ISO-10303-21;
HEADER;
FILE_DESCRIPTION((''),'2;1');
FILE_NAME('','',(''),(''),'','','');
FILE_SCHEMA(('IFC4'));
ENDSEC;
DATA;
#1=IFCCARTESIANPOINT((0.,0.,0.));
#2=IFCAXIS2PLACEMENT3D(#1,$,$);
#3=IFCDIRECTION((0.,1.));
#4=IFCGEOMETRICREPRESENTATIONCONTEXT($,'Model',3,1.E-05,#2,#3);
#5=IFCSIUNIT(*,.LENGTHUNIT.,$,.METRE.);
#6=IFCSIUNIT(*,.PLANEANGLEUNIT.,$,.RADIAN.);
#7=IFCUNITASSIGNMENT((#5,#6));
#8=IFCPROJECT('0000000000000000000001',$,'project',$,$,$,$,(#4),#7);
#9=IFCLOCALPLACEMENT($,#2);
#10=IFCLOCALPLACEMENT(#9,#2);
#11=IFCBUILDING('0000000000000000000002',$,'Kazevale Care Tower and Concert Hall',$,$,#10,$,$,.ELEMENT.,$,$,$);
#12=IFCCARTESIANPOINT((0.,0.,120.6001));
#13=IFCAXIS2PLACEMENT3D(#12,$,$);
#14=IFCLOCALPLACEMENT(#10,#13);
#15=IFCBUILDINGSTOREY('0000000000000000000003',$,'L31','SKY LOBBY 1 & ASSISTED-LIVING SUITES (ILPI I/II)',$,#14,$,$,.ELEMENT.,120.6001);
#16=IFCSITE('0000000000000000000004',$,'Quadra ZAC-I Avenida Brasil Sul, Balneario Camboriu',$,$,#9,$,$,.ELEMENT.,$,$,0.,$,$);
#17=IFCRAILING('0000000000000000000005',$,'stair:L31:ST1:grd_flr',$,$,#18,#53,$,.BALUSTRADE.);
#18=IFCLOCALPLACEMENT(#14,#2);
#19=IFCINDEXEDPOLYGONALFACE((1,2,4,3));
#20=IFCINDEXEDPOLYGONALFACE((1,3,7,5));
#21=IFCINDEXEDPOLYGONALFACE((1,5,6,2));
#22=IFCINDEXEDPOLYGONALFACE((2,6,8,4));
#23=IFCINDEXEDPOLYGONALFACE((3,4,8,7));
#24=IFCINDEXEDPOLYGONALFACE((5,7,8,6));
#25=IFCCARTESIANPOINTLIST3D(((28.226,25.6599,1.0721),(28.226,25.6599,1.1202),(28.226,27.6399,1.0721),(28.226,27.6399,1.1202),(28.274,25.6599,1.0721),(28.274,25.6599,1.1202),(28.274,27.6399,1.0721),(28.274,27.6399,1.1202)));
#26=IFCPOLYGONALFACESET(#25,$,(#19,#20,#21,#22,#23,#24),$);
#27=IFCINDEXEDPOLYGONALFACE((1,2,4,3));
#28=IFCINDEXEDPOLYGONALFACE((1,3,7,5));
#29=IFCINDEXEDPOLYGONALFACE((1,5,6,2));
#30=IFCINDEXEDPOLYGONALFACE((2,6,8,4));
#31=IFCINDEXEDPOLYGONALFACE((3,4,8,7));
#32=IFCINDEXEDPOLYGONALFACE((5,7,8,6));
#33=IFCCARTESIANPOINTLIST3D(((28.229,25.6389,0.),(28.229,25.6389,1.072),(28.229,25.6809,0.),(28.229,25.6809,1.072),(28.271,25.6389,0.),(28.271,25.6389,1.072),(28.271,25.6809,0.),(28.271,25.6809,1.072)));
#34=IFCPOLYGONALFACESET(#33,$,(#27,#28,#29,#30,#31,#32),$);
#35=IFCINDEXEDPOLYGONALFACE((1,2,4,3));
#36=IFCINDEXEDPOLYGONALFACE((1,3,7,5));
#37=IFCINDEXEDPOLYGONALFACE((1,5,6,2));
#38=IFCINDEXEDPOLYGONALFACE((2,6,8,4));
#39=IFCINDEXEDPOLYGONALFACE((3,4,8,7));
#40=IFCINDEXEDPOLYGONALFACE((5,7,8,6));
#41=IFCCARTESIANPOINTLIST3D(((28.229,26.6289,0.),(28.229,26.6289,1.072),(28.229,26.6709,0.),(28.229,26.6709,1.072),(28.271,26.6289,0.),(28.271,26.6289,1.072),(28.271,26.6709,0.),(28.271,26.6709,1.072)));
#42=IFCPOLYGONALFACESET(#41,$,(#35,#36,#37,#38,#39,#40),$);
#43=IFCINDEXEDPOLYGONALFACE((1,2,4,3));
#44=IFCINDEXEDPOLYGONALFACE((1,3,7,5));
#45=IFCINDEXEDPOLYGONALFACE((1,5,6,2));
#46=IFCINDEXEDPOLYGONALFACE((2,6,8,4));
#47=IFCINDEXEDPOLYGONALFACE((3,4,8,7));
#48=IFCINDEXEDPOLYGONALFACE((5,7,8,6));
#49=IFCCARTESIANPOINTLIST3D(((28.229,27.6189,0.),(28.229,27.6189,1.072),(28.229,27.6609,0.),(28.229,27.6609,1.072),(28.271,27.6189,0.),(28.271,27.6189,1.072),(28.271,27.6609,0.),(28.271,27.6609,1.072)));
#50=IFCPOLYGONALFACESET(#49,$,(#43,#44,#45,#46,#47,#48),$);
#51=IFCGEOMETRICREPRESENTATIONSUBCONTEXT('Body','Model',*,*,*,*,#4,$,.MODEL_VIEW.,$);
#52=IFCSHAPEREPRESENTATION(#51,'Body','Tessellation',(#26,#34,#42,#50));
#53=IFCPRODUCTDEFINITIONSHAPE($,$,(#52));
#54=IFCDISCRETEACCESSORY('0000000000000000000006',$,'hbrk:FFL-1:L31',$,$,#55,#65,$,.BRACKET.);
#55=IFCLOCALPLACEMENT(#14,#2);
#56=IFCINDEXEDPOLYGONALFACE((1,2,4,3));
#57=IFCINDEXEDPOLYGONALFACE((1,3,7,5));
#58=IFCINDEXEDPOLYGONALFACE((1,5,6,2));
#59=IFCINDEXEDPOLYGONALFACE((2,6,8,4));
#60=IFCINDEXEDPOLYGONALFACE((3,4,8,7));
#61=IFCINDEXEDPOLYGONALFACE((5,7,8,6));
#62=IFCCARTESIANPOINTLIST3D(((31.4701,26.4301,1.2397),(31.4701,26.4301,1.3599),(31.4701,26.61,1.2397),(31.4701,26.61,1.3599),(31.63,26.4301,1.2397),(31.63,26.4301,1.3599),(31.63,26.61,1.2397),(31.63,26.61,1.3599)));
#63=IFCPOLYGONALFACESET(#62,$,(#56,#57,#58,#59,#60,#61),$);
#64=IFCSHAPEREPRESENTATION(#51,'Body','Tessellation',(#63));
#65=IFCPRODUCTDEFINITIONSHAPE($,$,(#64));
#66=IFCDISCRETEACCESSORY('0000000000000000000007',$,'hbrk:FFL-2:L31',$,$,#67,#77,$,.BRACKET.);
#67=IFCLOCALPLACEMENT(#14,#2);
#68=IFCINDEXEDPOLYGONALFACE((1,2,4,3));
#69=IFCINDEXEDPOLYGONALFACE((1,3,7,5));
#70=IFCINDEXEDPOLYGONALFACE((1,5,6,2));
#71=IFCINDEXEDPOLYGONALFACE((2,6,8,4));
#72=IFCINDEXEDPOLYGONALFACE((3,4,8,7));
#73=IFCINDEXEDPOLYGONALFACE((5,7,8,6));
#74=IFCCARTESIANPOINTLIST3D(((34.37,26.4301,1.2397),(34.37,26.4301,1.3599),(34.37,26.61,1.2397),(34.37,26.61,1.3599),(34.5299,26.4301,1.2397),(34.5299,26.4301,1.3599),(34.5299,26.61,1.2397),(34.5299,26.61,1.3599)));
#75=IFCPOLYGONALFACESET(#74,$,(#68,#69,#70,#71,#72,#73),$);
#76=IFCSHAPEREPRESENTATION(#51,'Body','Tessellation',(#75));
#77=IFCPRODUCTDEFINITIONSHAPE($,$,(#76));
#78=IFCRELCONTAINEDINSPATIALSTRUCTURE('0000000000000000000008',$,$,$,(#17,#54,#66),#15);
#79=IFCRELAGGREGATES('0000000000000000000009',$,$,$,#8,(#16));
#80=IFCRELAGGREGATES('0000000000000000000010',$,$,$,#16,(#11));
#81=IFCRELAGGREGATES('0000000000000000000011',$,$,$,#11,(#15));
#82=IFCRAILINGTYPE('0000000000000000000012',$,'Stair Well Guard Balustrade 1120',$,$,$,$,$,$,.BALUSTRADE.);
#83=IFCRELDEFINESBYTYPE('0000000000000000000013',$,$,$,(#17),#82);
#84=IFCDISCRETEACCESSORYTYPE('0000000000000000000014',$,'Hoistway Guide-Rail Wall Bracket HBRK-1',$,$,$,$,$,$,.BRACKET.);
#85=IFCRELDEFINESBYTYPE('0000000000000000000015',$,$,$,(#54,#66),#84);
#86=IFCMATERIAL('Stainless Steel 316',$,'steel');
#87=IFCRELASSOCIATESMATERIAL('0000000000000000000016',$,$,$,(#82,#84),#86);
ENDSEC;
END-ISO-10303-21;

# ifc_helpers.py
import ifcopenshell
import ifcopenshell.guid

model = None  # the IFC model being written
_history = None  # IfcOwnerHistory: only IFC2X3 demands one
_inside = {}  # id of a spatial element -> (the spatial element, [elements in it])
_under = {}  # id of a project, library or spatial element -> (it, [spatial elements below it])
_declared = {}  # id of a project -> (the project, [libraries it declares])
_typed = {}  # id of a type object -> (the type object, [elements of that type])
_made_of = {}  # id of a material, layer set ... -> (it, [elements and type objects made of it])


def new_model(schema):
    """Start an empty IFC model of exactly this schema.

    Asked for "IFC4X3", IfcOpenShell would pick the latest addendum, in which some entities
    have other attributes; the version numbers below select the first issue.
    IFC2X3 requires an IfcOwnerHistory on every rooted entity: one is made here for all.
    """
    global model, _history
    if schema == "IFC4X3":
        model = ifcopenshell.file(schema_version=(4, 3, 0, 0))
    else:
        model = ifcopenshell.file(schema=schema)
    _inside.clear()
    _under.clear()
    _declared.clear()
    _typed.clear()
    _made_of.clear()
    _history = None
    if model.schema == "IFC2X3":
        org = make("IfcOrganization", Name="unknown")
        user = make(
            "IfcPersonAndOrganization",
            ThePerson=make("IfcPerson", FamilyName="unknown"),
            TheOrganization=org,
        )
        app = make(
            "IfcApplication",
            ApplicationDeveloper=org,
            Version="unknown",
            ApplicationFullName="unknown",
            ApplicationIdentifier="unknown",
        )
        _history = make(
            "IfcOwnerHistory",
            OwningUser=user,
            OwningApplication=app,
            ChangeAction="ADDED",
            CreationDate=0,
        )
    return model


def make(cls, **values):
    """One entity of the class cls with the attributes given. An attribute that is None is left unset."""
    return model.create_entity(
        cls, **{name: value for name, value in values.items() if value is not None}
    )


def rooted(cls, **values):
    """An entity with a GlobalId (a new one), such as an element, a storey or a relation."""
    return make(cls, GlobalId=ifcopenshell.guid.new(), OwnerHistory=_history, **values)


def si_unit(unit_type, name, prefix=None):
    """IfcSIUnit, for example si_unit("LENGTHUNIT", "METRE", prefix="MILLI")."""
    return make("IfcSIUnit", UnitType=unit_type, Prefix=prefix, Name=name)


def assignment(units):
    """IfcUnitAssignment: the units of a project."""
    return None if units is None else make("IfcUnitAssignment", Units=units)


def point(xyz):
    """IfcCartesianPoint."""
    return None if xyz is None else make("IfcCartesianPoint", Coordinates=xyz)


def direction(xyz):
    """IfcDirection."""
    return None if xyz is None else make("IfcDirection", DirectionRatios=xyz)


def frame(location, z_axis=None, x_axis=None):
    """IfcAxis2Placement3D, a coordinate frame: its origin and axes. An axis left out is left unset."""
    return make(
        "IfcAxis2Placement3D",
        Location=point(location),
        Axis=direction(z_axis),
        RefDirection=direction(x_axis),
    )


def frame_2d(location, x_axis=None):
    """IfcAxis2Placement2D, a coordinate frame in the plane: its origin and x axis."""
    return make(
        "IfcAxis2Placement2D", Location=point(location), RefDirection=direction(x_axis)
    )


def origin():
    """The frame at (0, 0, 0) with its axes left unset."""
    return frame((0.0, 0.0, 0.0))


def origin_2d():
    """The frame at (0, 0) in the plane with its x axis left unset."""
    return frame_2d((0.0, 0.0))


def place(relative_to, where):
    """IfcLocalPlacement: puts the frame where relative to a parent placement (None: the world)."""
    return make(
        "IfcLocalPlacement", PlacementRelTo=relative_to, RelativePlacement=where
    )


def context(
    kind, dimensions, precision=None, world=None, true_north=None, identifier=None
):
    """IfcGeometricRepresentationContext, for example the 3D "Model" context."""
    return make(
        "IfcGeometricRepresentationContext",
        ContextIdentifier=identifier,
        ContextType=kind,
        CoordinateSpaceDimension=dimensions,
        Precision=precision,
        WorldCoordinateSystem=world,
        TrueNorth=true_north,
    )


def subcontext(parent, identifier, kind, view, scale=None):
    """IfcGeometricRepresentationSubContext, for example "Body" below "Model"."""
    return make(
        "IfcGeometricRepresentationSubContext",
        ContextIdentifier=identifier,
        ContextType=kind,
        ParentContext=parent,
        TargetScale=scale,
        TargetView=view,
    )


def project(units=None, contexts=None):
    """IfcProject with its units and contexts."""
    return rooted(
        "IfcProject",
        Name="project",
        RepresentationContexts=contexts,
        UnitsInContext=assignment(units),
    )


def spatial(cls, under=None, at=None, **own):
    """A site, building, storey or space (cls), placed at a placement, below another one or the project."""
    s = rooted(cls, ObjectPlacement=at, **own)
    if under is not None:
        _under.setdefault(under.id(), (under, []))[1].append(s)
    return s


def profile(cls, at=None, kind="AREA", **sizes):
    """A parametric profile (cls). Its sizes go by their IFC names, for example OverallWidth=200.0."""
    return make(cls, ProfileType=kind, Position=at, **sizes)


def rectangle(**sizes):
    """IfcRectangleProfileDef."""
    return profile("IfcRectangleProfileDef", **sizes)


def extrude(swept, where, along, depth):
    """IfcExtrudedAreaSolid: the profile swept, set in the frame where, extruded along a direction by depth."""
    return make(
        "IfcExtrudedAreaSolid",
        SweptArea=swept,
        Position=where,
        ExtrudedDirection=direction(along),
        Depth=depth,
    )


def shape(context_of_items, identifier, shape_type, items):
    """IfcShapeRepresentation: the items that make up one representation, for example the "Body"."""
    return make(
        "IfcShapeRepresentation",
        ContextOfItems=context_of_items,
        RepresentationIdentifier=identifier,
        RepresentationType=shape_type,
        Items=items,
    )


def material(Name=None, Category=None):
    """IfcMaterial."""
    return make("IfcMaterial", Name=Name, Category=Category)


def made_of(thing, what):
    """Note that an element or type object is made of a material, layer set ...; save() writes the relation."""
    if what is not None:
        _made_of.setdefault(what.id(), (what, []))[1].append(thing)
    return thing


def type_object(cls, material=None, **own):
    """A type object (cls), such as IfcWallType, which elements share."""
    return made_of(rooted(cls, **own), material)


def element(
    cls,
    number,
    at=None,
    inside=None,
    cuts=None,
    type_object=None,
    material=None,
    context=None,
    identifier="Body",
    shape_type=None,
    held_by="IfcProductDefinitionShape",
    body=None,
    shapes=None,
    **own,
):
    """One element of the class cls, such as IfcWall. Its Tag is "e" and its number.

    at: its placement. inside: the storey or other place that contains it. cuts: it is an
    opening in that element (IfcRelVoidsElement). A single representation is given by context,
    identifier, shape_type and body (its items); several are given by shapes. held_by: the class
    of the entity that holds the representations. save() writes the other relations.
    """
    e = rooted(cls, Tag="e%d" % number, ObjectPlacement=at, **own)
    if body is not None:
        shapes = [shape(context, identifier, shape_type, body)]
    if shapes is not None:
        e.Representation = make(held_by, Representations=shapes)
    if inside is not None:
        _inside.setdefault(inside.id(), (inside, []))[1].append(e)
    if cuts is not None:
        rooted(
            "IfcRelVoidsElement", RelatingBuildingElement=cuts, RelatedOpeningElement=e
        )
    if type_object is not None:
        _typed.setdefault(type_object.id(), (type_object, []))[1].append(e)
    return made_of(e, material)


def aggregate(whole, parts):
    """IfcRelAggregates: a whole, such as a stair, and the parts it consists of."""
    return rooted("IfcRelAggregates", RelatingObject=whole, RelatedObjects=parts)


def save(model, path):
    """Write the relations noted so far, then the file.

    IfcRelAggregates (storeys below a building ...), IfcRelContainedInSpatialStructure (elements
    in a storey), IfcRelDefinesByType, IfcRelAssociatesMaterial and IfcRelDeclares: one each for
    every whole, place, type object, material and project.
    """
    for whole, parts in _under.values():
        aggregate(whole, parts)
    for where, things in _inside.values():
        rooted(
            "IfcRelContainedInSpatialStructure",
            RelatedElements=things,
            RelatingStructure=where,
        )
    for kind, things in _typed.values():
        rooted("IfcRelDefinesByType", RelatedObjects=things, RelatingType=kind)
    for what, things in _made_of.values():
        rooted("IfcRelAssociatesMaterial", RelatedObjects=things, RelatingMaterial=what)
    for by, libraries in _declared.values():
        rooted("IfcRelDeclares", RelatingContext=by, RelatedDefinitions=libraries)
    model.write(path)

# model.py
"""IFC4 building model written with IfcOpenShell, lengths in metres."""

from ifc_helpers import new_model, si_unit, direction, frame, origin, origin_2d, place, context, subcontext, project, spatial, rectangle, extrude, material, type_object, element, save


model = new_model("IFC4")

# Units and contexts
model_context = context("Model", 3, precision=1e-05, world=origin(), true_north=direction((0.0, 1.0)))
body_context = subcontext(model_context, "Body", "Model", "MODEL_VIEW")
ifc_project = project(units=[si_unit("LENGTHUNIT", "METRE"), si_unit("PLANEANGLEUNIT", "RADIAN")], contexts=[model_context])

# Site, building, storey
site_placement = place(None, origin())
site = spatial("IfcSite", under=ifc_project, at=site_placement, Name="Quadra ZAC-I Avenida Brasil Sul, Balneario Camboriu", CompositionType="ELEMENT", RefElevation=0.0)
building_placement = place(site_placement, origin())
building = spatial("IfcBuilding", under=site, at=building_placement, Name="Kazevale Care Tower and Concert Hall", CompositionType="ELEMENT")
storey_placement = place(building_placement, frame((0.0, 0.0, 120.6001)))
storey = spatial("IfcBuildingStorey", under=building, at=storey_placement, Name="L31", Description="SKY LOBBY 1 & ASSISTED-LIVING SUITES (ILPI I/II)", CompositionType="ELEMENT", Elevation=120.6001)

# Shared definitions
ifc_material_1 = material(Name="Stainless Steel 316", Category="steel")

# Railing
railing_type_1 = type_object("IfcRailingType", Name="Stair Well Guard Balustrade 1120", PredefinedType="BALUSTRADE", material=ifc_material_1)
railing_1_placement = place(storey_placement, frame((28.25, 25.6599, 0.0)))
element("IfcRailing", 1, at=railing_1_placement, inside=storey, type_object=railing_type_1, Name="stair:L31:ST1:grd_flr", PredefinedType="BALUSTRADE", context=body_context, shape_type="SweptSolid", body=[
    extrude(rectangle(XDim=0.0481, YDim=0.0481, at=origin_2d()), frame((0.0, 0.0, 1.0962), z_axis=(0.0, 1.0, 0.0), x_axis=(-1.0, 0.0, 0.0)), (0.0, 0.0, 1.0), 1.98),
    extrude(rectangle(XDim=0.042, YDim=0.042, at=origin_2d()), origin(), (0.0, 0.0, 1.0), 1.072),
    extrude(rectangle(XDim=0.042, YDim=0.042, at=origin_2d()), frame((0.0, 0.99, 0.0)), (0.0, 0.0, 1.0), 1.072),
    extrude(rectangle(XDim=0.042, YDim=0.042, at=origin_2d()), frame((0.0, 1.98, 0.0)), (0.0, 0.0, 1.0), 1.072),
])

# Discrete accessories
discrete_accessory_type = type_object("IfcDiscreteAccessoryType", Name="Hoistway Guide-Rail Wall Bracket HBRK-1", PredefinedType="BRACKET", material=ifc_material_1)
for number, where, z_axis, x_axis, name in (
    (2, (31.55, 26.52, 1.2397), (0.0, 0.0, 1.0), (1.0, 0.0, 0.0), "hbrk:FFL-1:L31"),
    (3, (34.45, 26.52, 1.2397), (0.0, 0.0, 1.0), (1.0, 0.0, 0.0), "hbrk:FFL-2:L31"),
):
    element("IfcDiscreteAccessory", number, at=place(storey_placement, frame(where, z_axis=z_axis, x_axis=x_axis)), inside=storey, type_object=discrete_accessory_type, Name=name, PredefinedType="BRACKET", context=body_context, shape_type="SweptSolid", body=[
        extrude(rectangle(XDim=0.1599, YDim=0.1799, at=origin_2d()), origin(), (0.0, 0.0, 1.0), 0.1201),
    ])

save(model, "model.ifc")
